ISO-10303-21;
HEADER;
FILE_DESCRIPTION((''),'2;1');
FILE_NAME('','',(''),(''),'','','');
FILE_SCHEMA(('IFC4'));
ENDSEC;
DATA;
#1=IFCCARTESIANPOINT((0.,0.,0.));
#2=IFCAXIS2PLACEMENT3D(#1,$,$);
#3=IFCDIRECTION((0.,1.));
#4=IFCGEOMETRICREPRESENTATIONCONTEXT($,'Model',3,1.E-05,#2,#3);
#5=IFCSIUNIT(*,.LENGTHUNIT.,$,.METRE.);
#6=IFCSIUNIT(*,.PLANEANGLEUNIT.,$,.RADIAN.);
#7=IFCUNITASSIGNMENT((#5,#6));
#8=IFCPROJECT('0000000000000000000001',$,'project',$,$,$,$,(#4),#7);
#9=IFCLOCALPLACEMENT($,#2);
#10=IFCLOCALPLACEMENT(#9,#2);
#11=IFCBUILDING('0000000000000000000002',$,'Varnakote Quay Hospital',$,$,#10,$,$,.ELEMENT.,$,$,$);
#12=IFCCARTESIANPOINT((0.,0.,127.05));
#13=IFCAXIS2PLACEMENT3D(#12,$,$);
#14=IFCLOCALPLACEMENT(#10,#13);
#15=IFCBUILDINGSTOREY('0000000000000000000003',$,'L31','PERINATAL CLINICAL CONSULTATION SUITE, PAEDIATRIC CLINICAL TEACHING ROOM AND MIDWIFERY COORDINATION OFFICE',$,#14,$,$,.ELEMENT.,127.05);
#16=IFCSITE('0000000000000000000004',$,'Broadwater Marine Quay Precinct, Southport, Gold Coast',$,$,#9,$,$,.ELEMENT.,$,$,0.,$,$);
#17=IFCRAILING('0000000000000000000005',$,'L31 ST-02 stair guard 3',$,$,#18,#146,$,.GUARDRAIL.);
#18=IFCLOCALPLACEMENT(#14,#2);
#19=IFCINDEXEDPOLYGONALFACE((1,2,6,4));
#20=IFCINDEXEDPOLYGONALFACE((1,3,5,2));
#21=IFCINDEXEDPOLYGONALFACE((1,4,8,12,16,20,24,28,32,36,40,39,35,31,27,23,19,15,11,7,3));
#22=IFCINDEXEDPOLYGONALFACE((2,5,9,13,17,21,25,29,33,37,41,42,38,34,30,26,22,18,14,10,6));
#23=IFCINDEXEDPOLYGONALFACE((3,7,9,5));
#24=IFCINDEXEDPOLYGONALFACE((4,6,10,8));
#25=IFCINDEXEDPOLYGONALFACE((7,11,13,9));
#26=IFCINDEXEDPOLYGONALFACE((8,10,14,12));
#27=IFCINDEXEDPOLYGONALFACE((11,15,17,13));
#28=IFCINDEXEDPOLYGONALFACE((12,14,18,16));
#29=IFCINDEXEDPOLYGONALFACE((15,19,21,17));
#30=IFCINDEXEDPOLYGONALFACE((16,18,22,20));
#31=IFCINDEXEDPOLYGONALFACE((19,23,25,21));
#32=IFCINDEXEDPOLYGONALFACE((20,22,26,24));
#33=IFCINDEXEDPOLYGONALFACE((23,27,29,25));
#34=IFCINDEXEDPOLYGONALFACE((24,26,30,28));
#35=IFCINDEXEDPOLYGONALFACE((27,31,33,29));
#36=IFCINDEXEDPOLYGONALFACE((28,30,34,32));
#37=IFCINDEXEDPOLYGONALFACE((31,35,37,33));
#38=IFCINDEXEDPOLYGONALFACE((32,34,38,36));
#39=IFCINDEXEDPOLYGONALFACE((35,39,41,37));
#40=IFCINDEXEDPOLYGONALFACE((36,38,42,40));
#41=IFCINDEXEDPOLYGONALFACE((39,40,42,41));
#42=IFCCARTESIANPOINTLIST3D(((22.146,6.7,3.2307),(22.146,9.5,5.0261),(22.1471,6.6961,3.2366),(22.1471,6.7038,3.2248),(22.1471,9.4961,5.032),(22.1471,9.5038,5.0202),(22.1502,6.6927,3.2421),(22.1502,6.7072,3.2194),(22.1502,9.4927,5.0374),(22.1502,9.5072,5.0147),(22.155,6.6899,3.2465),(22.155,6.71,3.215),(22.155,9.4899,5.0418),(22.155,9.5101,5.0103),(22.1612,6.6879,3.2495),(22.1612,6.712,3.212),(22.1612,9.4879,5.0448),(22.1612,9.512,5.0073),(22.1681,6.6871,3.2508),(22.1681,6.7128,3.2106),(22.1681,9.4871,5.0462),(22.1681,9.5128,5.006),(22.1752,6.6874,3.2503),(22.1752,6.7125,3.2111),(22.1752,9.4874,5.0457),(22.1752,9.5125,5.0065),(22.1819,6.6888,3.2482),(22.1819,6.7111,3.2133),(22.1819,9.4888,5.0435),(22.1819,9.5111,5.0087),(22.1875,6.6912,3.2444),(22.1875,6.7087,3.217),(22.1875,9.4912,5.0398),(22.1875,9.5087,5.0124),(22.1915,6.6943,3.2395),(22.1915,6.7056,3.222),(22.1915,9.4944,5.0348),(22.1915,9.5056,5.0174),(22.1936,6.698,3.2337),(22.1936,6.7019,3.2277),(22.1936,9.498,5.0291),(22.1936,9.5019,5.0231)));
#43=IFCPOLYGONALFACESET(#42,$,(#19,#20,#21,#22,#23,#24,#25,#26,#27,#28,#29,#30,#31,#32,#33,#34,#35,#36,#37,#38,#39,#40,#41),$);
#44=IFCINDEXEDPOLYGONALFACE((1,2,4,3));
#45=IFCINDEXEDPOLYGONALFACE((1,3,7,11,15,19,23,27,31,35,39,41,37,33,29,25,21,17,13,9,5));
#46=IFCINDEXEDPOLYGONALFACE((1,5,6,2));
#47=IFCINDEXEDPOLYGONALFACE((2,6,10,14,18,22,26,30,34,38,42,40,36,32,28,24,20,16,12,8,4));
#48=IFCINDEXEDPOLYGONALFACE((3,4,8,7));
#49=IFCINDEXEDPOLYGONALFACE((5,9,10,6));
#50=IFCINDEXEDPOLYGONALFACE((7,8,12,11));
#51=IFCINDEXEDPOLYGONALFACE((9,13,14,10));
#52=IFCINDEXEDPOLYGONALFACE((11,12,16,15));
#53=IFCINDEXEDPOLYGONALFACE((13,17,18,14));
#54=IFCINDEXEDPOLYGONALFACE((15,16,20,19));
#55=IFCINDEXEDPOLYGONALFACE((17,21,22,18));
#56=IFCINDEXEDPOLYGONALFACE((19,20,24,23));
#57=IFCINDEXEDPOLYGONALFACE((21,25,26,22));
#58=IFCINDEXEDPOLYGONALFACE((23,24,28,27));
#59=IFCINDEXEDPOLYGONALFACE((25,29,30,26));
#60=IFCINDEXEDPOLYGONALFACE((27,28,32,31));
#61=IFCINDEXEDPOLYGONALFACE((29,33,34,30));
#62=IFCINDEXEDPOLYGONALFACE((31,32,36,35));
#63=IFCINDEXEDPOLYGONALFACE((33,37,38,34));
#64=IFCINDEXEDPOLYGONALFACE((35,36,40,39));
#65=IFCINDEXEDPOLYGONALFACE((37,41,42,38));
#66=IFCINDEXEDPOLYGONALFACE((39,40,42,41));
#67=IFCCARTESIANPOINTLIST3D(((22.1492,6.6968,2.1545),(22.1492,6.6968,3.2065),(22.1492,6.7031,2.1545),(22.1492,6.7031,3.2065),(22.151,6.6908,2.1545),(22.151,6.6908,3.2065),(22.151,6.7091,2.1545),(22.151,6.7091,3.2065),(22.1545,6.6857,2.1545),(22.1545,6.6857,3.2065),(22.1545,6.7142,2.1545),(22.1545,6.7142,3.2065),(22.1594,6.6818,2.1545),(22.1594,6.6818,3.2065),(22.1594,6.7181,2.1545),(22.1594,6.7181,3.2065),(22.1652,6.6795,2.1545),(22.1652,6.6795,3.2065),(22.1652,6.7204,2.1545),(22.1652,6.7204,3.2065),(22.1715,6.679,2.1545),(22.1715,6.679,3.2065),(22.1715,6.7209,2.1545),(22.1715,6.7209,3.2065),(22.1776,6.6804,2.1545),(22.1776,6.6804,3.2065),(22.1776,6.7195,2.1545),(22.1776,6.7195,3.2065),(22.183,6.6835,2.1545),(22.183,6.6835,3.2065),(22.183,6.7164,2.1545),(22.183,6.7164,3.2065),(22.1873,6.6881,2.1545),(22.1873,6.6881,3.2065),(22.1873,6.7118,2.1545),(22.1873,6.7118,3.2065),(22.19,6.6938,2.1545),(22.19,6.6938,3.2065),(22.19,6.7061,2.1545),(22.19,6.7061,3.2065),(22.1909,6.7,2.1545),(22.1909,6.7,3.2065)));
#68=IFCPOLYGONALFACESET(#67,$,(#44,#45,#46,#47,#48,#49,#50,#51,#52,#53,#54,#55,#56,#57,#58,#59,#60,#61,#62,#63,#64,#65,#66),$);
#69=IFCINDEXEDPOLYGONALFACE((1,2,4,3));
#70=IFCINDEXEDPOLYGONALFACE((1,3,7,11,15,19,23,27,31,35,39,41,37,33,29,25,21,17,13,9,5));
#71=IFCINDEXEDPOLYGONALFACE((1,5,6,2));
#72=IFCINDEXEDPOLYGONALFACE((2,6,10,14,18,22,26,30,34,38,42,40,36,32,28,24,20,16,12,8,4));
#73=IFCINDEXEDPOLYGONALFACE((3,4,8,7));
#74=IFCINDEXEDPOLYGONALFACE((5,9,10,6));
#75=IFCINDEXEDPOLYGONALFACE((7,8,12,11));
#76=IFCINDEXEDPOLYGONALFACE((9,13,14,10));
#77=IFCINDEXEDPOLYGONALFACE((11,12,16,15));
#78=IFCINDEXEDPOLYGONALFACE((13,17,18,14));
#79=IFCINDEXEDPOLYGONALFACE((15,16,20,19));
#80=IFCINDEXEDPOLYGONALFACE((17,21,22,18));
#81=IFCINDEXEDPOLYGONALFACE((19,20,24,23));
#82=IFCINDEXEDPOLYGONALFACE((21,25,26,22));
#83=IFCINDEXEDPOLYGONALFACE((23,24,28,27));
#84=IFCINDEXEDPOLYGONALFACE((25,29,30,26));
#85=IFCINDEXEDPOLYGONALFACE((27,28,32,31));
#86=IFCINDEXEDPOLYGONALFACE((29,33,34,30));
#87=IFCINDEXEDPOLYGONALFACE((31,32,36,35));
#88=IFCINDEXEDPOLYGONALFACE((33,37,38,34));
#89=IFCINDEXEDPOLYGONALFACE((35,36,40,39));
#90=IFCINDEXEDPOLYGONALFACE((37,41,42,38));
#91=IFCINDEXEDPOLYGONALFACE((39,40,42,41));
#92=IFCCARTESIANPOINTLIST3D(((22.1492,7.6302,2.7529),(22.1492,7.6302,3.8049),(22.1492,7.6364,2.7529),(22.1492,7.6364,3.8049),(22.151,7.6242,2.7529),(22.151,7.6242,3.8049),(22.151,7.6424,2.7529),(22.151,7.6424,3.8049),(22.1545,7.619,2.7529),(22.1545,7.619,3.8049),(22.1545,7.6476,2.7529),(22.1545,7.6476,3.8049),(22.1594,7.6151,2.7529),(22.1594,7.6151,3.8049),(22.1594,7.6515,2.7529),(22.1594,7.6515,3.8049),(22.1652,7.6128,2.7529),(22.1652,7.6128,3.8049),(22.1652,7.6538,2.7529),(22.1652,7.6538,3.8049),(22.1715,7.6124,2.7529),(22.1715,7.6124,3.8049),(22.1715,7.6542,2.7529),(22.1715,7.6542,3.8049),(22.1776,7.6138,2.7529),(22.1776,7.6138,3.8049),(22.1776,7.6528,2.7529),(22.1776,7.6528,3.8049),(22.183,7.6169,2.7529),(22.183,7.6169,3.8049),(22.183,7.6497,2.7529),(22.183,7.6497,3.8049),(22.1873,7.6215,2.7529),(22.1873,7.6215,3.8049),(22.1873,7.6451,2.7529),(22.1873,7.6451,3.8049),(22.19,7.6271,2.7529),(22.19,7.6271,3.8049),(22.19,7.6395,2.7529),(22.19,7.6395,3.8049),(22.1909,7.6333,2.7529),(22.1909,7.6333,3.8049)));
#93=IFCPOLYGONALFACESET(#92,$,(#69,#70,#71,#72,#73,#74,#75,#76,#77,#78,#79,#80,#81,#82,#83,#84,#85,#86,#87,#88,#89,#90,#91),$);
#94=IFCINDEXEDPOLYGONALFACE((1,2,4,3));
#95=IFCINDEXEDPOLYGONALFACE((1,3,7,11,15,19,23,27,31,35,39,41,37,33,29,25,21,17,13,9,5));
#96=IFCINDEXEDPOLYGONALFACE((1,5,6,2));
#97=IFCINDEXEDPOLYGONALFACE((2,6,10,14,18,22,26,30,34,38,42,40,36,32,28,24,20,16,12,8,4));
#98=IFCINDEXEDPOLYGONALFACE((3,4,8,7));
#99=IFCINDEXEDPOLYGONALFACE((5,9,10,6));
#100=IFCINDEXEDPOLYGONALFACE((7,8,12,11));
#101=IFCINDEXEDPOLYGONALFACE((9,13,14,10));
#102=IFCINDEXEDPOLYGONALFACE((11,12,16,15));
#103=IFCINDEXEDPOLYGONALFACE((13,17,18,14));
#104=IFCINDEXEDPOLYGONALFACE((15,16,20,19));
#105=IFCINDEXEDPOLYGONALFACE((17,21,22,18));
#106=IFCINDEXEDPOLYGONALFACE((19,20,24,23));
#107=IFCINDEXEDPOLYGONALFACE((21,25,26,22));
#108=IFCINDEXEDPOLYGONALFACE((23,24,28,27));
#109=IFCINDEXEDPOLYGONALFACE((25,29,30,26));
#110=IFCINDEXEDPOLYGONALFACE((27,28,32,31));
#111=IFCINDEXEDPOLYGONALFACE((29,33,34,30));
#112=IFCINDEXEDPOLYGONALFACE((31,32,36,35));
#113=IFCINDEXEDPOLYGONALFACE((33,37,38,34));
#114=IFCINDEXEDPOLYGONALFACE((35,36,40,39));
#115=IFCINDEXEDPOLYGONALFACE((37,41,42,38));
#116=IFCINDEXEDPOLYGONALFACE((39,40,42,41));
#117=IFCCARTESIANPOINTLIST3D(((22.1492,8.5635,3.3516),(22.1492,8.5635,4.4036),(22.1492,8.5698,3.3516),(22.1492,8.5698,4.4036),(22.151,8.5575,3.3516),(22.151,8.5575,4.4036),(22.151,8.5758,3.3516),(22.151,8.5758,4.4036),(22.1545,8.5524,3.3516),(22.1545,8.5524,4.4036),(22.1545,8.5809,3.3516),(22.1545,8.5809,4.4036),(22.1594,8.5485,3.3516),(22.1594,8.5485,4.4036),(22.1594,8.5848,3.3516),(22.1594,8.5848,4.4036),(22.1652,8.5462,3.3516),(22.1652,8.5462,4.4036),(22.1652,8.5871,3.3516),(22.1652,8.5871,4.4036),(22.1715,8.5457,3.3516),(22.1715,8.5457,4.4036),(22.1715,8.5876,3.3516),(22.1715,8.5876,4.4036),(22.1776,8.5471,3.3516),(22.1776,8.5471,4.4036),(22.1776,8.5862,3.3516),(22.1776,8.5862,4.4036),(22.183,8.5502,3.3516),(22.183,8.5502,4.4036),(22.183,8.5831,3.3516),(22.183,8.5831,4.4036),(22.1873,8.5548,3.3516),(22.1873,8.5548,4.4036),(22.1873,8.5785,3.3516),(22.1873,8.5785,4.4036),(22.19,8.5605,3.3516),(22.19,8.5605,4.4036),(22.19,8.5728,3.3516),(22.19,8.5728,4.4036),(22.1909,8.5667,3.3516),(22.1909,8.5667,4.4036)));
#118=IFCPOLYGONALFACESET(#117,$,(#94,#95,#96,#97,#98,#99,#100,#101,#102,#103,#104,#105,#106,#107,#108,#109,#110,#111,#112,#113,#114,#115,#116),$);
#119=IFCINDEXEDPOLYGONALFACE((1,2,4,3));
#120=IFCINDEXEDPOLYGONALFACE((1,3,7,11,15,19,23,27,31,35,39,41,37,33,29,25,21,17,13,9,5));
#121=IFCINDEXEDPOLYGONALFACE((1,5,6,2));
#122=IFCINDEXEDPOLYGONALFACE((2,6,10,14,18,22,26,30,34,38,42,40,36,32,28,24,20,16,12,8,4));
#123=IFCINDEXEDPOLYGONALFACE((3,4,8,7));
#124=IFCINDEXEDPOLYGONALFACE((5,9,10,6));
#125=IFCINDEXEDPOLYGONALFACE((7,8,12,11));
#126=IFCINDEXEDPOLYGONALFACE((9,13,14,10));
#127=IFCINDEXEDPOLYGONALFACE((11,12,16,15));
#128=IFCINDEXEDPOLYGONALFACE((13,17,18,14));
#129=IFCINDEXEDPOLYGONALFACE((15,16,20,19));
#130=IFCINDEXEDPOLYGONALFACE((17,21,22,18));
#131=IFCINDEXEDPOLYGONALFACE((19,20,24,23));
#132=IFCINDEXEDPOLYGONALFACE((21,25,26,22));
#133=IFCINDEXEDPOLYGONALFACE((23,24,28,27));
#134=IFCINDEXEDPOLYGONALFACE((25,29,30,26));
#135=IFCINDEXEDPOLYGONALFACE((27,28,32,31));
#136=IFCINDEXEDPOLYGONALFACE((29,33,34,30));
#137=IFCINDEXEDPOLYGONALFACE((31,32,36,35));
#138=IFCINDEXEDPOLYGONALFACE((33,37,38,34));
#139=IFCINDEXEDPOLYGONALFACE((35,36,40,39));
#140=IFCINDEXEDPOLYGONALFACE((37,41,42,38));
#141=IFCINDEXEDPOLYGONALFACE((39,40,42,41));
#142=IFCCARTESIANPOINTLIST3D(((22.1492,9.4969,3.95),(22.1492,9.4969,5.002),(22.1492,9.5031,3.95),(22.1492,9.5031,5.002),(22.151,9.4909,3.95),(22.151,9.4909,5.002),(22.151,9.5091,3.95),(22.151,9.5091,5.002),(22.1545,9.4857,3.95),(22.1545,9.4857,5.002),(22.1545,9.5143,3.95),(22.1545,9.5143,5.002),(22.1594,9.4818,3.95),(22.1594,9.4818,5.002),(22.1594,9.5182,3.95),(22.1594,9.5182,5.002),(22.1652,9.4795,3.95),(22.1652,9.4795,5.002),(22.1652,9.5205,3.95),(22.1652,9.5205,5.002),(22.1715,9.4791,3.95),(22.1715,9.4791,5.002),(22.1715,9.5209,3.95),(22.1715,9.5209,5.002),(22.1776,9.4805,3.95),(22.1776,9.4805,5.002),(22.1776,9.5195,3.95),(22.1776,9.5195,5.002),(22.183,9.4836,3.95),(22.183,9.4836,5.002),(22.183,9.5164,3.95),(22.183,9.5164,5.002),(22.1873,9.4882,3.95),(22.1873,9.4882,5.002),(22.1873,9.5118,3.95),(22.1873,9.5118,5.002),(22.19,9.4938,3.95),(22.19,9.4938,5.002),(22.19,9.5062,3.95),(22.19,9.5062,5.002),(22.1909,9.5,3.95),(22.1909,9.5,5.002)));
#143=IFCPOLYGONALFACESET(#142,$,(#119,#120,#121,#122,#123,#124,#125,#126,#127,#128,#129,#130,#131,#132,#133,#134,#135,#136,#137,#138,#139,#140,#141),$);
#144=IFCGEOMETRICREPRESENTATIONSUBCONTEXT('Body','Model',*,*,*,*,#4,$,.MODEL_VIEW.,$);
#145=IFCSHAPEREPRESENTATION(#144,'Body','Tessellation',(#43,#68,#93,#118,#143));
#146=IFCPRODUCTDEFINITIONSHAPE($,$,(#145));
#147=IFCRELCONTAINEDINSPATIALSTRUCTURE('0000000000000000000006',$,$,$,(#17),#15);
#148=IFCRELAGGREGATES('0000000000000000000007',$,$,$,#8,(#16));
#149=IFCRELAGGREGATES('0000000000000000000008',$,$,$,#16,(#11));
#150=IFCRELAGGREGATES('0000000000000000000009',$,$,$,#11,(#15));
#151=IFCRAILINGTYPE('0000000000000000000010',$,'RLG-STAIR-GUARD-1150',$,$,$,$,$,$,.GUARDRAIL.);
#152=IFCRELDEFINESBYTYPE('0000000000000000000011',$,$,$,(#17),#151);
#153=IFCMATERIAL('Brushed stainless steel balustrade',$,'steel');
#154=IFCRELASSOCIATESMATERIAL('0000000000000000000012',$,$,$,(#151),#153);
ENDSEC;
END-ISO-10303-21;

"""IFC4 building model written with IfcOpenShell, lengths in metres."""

from ifc_helpers import new_model, si_unit, direction, frame, origin, origin_2d, place, context, subcontext, project, spatial, circle, extrude, material, type_object, element, save


model = new_model("IFC4")

# Units and contexts
model_context = context("Model", 3, precision=1e-05, world=origin(), true_north=direction((0.0, 1.0)))
body_context = subcontext(model_context, "Body", "Model", "MODEL_VIEW")
ifc_project = project(units=[si_unit("LENGTHUNIT", "METRE"), si_unit("PLANEANGLEUNIT", "RADIAN")], contexts=[model_context])

# Site, building, storey
site_placement = place(None, origin())
site = spatial("IfcSite", under=ifc_project, at=site_placement, Name="Broadwater Marine Quay Precinct, Southport, Gold Coast", CompositionType="ELEMENT", RefElevation=0.0)
building_placement = place(site_placement, origin())
building = spatial("IfcBuilding", under=site, at=building_placement, Name="Varnakote Quay Hospital", CompositionType="ELEMENT")
storey_placement = place(building_placement, frame((0.0, 0.0, 127.05)))
storey = spatial("IfcBuildingStorey", under=building, at=storey_placement, Name="L31", Description="PERINATAL CLINICAL CONSULTATION SUITE, PAEDIATRIC CLINICAL TEACHING ROOM AND MIDWIFERY COORDINATION OFFICE", CompositionType="ELEMENT", Elevation=127.05)

# Railing
ifc_material_1 = material(Name="Brushed stainless steel balustrade", Category="steel")
railing_type_1 = type_object("IfcRailingType", Name="RLG-STAIR-GUARD-1150", PredefinedType="GUARDRAIL", material=ifc_material_1)
railing_1_placement = place(storey_placement, frame((22.1699, 6.7, 2.1545)))
element("IfcRailing", 1, at=railing_1_placement, inside=storey, type_object=railing_type_1, Name="L31 ST-02 stair guard 3", PredefinedType="GUARDRAIL", context=body_context, shape_type="SweptSolid", body=[
    extrude(circle(Radius=0.0239, at=origin_2d()), frame((0.0, 0.0, 1.0762), z_axis=(0.0, 0.84181, 0.539774), x_axis=(-1.0, 0.0, 0.0)), (0.0, 0.0, 1.0), 3.3262),
    extrude(circle(Radius=0.021, at=origin_2d()), origin(), (0.0, 0.0, 1.0), 1.052),
    extrude(circle(Radius=0.021, at=origin_2d()), frame((0.0, 0.9333, 0.5984)), (0.0, 0.0, 1.0), 1.052),
    extrude(circle(Radius=0.021, at=origin_2d()), frame((0.0, 1.8667, 1.197)), (0.0, 0.0, 1.0), 1.052),
    extrude(circle(Radius=0.021, at=origin_2d()), frame((0.0, 2.8, 1.7954)), (0.0, 0.0, 1.0), 1.052),
])

save(model, "model.ifc")
